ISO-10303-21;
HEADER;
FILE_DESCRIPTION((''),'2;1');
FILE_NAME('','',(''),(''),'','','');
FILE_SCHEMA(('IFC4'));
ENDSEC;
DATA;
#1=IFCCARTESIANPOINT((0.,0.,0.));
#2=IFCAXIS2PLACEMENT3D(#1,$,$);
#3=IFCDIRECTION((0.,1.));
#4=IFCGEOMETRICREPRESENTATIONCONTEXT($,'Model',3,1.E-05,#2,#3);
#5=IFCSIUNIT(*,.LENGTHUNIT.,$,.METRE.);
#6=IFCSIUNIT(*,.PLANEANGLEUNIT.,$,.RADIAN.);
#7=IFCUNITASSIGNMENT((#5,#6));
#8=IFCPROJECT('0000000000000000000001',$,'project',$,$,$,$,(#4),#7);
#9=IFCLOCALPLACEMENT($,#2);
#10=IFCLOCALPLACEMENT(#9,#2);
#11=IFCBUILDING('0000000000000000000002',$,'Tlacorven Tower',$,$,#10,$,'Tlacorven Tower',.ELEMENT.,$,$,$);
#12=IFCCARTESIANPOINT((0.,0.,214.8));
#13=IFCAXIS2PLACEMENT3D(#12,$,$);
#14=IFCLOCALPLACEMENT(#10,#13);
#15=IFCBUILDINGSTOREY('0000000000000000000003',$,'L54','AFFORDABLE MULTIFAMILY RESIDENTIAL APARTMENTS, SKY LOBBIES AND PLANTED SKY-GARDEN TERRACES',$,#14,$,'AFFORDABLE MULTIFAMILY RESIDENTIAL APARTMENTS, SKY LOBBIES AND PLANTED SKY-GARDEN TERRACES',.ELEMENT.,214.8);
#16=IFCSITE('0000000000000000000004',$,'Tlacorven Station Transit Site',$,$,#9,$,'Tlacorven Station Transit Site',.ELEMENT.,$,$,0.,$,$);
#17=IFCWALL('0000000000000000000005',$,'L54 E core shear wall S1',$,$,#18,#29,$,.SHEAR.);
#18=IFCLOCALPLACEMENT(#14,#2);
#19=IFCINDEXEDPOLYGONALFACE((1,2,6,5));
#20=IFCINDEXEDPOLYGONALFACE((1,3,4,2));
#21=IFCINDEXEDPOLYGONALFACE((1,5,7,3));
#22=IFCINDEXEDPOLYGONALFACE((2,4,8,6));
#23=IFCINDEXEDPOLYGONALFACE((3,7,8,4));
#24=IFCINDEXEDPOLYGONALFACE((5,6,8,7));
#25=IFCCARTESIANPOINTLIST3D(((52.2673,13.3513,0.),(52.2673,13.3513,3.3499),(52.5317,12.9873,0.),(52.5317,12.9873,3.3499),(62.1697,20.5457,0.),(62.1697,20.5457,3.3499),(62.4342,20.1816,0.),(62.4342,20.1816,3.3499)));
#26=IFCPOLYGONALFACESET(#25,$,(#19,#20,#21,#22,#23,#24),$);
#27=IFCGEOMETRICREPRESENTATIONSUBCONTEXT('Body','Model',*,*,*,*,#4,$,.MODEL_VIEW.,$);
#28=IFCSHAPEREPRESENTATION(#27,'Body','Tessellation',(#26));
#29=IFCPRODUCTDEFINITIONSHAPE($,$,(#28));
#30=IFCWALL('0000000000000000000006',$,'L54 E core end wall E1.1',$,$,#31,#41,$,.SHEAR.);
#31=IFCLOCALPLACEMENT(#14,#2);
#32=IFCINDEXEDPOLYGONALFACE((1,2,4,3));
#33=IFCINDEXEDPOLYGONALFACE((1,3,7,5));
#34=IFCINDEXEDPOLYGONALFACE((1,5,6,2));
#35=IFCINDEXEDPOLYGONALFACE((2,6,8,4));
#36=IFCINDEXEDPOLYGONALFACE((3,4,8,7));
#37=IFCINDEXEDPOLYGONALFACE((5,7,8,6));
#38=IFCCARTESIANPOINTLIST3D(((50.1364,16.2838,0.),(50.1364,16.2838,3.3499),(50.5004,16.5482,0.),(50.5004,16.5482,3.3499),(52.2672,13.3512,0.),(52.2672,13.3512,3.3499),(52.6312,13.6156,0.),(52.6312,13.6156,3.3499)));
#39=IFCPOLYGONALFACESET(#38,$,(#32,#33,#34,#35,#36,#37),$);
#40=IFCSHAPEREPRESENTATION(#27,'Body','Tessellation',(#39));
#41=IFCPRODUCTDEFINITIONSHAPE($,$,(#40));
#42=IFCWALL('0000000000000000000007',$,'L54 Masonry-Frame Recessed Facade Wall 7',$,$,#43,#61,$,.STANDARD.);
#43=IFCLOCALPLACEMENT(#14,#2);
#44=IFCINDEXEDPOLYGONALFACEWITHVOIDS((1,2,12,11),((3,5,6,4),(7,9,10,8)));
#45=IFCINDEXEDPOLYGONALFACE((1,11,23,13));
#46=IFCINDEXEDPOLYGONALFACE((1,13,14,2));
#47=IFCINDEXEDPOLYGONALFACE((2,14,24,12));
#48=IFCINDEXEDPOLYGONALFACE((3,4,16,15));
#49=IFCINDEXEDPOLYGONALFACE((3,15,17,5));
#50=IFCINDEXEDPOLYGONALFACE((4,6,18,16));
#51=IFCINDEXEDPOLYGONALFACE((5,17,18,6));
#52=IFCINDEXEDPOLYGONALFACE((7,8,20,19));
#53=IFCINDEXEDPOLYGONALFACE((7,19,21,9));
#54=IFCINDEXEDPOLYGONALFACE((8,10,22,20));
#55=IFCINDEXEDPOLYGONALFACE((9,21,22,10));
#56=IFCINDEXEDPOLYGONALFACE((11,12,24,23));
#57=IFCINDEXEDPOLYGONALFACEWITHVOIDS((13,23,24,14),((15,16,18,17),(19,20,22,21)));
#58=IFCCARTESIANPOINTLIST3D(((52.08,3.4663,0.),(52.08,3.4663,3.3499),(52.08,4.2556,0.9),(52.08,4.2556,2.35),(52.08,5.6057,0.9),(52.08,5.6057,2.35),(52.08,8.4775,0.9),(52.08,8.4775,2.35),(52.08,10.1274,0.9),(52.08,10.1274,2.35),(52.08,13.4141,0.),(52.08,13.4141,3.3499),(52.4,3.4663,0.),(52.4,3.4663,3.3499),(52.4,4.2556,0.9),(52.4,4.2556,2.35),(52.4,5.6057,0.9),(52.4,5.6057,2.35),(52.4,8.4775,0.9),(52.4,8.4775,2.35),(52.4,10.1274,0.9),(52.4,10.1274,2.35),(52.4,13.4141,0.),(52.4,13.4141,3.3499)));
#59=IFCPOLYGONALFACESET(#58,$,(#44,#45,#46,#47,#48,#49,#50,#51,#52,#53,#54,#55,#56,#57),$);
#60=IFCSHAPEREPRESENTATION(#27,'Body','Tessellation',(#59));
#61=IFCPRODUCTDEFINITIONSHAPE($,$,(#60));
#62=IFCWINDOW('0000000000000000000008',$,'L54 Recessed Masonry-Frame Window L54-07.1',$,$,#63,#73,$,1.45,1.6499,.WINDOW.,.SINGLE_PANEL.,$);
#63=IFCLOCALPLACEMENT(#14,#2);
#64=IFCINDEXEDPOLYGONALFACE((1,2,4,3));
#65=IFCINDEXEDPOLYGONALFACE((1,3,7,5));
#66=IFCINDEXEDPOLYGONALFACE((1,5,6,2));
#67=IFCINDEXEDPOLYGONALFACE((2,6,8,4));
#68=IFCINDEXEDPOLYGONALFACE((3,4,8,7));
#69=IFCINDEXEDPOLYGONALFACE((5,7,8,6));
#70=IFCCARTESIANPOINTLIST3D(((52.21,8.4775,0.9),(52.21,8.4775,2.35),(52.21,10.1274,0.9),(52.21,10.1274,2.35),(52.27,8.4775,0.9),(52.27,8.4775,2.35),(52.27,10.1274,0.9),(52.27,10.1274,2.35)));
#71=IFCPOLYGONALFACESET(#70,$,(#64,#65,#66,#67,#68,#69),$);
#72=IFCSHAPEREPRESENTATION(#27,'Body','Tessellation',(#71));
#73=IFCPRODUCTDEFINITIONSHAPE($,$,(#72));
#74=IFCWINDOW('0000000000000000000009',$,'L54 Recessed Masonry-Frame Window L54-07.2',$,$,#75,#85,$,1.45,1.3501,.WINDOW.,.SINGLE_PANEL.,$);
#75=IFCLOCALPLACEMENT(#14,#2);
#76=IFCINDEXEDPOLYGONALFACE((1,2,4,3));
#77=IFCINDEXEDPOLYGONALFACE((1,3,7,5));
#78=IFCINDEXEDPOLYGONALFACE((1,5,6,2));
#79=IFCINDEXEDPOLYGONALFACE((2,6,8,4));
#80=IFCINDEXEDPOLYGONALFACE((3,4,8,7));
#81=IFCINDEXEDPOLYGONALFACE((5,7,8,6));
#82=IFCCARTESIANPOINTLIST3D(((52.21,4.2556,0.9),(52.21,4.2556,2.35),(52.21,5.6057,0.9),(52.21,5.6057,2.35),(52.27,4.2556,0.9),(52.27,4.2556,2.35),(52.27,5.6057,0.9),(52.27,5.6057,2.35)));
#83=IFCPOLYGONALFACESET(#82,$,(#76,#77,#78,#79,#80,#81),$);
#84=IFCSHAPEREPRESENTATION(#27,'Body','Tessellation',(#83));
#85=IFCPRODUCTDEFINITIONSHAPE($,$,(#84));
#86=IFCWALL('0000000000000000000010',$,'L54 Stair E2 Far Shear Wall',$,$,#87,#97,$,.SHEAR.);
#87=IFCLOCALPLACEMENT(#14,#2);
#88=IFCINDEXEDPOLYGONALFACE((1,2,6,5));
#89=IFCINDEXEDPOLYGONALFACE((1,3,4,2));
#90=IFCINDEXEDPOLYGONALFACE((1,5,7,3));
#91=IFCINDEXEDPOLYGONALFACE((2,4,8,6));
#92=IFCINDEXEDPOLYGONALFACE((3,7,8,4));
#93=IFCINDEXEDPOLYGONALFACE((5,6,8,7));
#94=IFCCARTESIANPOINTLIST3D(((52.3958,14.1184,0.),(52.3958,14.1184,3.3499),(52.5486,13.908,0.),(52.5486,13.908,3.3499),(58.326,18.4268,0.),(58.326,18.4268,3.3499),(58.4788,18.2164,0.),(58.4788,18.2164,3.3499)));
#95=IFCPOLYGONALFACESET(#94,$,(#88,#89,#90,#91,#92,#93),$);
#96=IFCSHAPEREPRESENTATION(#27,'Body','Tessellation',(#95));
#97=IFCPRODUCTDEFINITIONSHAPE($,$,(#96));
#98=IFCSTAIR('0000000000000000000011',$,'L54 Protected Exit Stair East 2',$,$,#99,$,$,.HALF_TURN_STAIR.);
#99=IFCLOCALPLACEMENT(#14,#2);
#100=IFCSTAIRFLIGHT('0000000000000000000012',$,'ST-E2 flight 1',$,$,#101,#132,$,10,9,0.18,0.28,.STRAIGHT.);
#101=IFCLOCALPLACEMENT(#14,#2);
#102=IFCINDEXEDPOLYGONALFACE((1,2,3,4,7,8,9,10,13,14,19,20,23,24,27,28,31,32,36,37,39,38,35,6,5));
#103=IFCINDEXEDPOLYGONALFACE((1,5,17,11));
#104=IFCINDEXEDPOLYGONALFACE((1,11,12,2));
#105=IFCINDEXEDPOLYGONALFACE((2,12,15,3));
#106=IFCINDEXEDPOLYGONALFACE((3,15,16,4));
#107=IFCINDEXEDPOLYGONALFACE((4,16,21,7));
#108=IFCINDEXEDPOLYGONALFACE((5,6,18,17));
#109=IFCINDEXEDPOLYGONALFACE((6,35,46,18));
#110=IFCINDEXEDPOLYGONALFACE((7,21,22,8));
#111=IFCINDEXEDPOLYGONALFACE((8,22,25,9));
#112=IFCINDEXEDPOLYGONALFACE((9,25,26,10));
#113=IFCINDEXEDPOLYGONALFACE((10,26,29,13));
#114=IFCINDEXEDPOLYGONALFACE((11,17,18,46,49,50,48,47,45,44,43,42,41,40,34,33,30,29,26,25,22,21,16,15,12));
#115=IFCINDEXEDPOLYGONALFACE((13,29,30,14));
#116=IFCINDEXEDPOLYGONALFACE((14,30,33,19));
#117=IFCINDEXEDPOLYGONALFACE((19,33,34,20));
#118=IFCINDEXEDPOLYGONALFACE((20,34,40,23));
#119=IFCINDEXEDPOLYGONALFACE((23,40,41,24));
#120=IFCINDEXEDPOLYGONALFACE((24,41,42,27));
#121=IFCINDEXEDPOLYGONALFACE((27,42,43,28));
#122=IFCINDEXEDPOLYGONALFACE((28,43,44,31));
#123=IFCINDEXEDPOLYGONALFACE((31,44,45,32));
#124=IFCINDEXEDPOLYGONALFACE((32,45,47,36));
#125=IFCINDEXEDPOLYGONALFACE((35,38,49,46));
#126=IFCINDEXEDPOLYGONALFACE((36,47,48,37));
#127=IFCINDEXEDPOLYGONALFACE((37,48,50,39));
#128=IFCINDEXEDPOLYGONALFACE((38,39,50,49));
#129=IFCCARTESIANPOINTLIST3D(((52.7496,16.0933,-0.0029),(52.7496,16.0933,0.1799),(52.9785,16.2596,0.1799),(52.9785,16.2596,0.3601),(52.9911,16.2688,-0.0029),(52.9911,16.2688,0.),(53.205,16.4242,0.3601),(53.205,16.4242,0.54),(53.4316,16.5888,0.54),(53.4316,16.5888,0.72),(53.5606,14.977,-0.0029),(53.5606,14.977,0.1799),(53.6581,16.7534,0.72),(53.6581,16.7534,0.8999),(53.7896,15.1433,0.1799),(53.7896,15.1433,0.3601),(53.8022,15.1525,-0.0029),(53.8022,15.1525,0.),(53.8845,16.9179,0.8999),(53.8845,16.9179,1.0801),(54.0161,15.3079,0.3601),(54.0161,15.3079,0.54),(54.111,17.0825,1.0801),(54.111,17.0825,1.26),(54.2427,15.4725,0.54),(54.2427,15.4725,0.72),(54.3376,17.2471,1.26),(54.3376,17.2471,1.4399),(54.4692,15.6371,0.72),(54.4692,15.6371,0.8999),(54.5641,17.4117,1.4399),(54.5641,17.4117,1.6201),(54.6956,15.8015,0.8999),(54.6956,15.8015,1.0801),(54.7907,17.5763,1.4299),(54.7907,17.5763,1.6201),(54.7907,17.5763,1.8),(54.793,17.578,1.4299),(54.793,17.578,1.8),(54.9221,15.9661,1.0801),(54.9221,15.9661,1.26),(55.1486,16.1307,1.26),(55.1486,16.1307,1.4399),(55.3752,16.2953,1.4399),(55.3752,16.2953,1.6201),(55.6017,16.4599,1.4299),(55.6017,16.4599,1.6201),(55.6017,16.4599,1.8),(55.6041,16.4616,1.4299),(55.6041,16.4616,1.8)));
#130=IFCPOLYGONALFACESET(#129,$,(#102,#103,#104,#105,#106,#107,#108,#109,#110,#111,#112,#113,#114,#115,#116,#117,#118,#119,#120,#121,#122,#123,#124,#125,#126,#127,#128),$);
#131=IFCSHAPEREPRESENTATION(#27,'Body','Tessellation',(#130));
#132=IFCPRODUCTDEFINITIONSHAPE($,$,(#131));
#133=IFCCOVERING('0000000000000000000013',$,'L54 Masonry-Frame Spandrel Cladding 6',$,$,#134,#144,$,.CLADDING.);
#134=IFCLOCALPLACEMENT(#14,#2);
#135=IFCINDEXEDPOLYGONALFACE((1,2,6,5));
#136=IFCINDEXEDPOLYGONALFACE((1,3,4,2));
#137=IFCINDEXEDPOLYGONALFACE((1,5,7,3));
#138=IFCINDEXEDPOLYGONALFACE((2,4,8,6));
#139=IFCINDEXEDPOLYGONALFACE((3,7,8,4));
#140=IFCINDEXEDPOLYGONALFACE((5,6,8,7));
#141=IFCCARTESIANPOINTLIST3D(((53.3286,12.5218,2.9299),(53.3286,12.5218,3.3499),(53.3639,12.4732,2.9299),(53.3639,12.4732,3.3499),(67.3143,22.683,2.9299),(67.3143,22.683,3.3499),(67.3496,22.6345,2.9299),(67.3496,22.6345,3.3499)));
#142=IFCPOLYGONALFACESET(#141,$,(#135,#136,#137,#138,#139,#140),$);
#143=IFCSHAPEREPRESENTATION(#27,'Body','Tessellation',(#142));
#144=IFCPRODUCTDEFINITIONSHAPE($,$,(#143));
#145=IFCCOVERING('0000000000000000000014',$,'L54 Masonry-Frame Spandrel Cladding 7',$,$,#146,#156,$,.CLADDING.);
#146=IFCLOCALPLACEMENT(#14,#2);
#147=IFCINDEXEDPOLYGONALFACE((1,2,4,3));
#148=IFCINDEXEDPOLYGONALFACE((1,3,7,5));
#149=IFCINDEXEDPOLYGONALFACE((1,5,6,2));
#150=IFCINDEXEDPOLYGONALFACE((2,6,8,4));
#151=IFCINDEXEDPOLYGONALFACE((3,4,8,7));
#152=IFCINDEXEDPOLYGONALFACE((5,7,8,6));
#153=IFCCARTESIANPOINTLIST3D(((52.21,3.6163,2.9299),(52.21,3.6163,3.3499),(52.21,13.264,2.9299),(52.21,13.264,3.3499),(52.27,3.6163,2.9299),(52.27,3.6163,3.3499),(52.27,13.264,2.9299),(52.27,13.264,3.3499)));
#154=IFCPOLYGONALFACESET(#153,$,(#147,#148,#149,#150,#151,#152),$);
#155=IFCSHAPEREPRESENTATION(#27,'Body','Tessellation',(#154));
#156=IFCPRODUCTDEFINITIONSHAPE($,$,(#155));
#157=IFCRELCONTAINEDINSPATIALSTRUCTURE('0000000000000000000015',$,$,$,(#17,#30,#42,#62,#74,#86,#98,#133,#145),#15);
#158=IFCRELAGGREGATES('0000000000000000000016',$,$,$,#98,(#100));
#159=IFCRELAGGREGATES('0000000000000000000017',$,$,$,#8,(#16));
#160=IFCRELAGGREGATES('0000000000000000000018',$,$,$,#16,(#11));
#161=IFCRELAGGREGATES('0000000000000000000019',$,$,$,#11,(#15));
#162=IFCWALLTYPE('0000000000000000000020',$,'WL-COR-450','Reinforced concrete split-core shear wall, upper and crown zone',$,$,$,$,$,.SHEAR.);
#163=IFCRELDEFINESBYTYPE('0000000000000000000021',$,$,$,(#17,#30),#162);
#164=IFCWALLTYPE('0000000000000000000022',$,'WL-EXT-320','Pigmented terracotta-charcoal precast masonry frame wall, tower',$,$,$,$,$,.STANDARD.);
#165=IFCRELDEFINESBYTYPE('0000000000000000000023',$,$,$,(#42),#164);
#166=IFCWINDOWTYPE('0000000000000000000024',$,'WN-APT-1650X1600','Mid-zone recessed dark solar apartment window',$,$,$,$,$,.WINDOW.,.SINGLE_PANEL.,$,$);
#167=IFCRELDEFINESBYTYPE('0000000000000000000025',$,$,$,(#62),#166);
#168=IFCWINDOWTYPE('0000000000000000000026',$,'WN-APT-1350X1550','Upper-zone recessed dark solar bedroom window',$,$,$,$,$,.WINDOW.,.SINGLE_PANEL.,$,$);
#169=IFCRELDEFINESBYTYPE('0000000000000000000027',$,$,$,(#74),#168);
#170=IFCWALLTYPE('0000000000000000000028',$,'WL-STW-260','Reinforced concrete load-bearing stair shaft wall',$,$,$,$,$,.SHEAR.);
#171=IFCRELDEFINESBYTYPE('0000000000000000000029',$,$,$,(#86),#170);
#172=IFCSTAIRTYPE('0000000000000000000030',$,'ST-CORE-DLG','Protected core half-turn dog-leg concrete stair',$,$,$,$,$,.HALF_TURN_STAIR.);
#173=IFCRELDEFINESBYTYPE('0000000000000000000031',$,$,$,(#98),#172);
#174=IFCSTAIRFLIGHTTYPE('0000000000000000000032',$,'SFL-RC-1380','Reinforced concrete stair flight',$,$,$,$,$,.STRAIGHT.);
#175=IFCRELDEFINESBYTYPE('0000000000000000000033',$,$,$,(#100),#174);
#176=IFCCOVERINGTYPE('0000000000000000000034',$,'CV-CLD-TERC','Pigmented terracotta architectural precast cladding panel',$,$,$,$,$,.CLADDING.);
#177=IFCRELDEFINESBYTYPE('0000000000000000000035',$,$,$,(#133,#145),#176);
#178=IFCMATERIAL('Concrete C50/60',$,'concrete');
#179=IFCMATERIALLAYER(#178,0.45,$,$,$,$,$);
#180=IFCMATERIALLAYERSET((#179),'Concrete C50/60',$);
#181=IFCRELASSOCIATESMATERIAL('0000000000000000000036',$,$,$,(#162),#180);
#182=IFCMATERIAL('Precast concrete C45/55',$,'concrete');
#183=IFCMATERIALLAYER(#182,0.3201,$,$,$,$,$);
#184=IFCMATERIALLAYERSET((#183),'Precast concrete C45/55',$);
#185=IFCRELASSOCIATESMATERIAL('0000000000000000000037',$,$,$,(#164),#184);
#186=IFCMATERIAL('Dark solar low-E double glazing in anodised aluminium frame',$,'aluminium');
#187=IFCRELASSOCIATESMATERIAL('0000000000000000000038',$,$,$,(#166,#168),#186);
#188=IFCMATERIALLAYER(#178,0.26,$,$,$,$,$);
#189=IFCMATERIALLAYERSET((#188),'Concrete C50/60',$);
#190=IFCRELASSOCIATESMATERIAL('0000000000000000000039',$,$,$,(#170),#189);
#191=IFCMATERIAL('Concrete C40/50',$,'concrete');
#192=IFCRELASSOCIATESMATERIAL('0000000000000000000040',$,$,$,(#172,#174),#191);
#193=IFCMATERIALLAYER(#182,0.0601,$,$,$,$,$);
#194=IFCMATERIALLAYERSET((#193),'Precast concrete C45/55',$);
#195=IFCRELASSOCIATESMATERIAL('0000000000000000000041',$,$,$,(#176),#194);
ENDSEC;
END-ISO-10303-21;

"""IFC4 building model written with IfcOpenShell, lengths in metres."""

from ifc_helpers import new_model, si_unit, direction, frame, frame_2d, origin, origin_2d, place, context, subcontext, project, spatial, polyline, rectangle, outline, extrude, source, transform, mapped, material, layer, layer_set, type_object, element, fill, aggregate, save


model = new_model("IFC4")

# Units and contexts
model_context = context("Model", 3, precision=1e-05, world=origin(), true_north=direction((0.0, 1.0)))
body_context = subcontext(model_context, "Body", "Model", "MODEL_VIEW")
ifc_project = project(units=[si_unit("LENGTHUNIT", "METRE"), si_unit("PLANEANGLEUNIT", "RADIAN")], contexts=[model_context])

# Site, building, storey
site_placement = place(None, origin())
site = spatial("IfcSite", under=ifc_project, at=site_placement, Name="Tlacorven Station Transit Site", LongName="Tlacorven Station Transit Site", CompositionType="ELEMENT", RefElevation=0.0)
building_placement = place(site_placement, origin())
building = spatial("IfcBuilding", under=site, at=building_placement, Name="Tlacorven Tower", LongName="Tlacorven Tower", CompositionType="ELEMENT")
storey_placement = place(building_placement, frame((0.0, 0.0, 214.8)))
storey = spatial("IfcBuildingStorey", under=building, at=storey_placement, Name="L54", Description="AFFORDABLE MULTIFAMILY RESIDENTIAL APARTMENTS, SKY LOBBIES AND PLANTED SKY-GARDEN TERRACES", LongName="AFFORDABLE MULTIFAMILY RESIDENTIAL APARTMENTS, SKY LOBBIES AND PLANTED SKY-GARDEN TERRACES", CompositionType="ELEMENT", Elevation=214.8)

# Walls
ifc_material_1 = material(Name="Concrete C50/60", Category="concrete")
ifc_layer_1 = layer(ifc_material_1, 0.45)
ifc_layer_set_1 = layer_set([ifc_layer_1], Name="Concrete C50/60")
wall_type_1 = type_object("IfcWallType", Name="WL-COR-450", Description="Reinforced concrete split-core shear wall, upper and crown zone", PredefinedType="SHEAR", material=ifc_layer_set_1)
wall_1_placement = place(storey_placement, frame((52.3994, 13.1692, 0.0), z_axis=(0.0, 0.0, 1.0), x_axis=(0.809022, 0.587778, 0.0)))
element("IfcWall", 1, at=wall_1_placement, inside=storey, type_object=wall_type_1, Name="L54 E core shear wall S1", PredefinedType="SHEAR", context=body_context, shape_type="SweptSolid", body=[
    extrude(rectangle(XDim=12.24, YDim=0.45, at=frame_2d((6.1201, 0.0))), origin(), (0.0, 0.0, 1.0), 3.3499),
])
wall_2_placement = place(storey_placement, frame((52.4492, 13.4834, 0.0), z_axis=(0.0, 0.0, 1.0), x_axis=(-0.587819, 0.808992, 0.0)))
element("IfcWall", 2, at=wall_2_placement, inside=storey, type_object=wall_type_1, Name="L54 E core end wall E1.1", PredefinedType="SHEAR", context=body_context, shape_type="SweptSolid", body=[
    extrude(rectangle(XDim=3.625, YDim=0.45, at=frame_2d((1.8125, 0.0))), origin(), (0.0, 0.0, 1.0), 3.3499),
])

# Wall, openings, windows
ifc_material_2 = material(Name="Precast concrete C45/55", Category="concrete")
ifc_layer_2 = layer(ifc_material_2, 0.3201)
ifc_layer_set_2 = layer_set([ifc_layer_2], Name="Precast concrete C45/55")
wall_type_2 = type_object("IfcWallType", Name="WL-EXT-320", Description="Pigmented terracotta-charcoal precast masonry frame wall, tower", PredefinedType="STANDARD", material=ifc_layer_set_2)
wall_3_placement = place(storey_placement, frame((52.24, 13.4141, 0.0), z_axis=(0.0, 0.0, 1.0), x_axis=(0.0, -1.0, 0.0)))
wall_3 = element("IfcWall", 3, at=wall_3_placement, inside=storey, type_object=wall_type_2, Name="L54 Masonry-Frame Recessed Facade Wall 7", PredefinedType="STANDARD", context=body_context, shape_type="SweptSolid", body=[
    extrude(rectangle(XDim=9.9478, YDim=0.3201, at=frame_2d((4.9739, 0.0))), origin(), (0.0, 0.0, 1.0), 3.3499),
])
opening_1_placement = place(wall_3_placement, frame((3.2866, 0.0, 0.8999)))
opening_1 = element("IfcOpeningElement", 4, at=opening_1_placement, cuts=wall_3, PredefinedType="OPENING", context=body_context, shape_type="SweptSolid", body=[
    extrude(rectangle(XDim=1.6499, YDim=1.45, at=frame_2d((0.825, 0.7251))), frame((0.0, 0.1699, 0.0), z_axis=(0.0, -1.0, 0.0), x_axis=(1.0, 0.0, 0.0)), (0.0, 0.0, 1.0), 0.3401),
])
opening_2_placement = place(wall_3_placement, frame((7.8083, 0.0, 0.8999)))
opening_2 = element("IfcOpeningElement", 5, at=opening_2_placement, cuts=wall_3, PredefinedType="OPENING", context=body_context, shape_type="SweptSolid", body=[
    extrude(rectangle(XDim=1.3501, YDim=1.45, at=frame_2d((0.675, 0.7251))), frame((0.0, 0.1699, 0.0), z_axis=(0.0, -1.0, 0.0), x_axis=(1.0, 0.0, 0.0)), (0.0, 0.0, 1.0), 0.3401),
])
ifc_material_3 = material(Name="Dark solar low-E double glazing in anodised aluminium frame", Category="aluminium")
window_type_1 = type_object("IfcWindowType", Name="WN-APT-1650X1600", Description="Mid-zone recessed dark solar apartment window", PartitioningType="SINGLE_PANEL", PredefinedType="WINDOW", material=ifc_material_3)
shared_shape_1 = source(origin(), body_context, "Body", "SweptSolid", [
    extrude(rectangle(XDim=1.6499, YDim=1.45, at=frame_2d((0.825, 0.7251))), frame((0.0, 0.03, 0.0), z_axis=(0.0, -1.0, 0.0), x_axis=(1.0, 0.0, 0.0)), (0.0, 0.0, 1.0), 0.0601),
])
window_1_placement = place(opening_1_placement, origin())
window_1 = element("IfcWindow", 6, at=window_1_placement, inside=storey, type_object=window_type_1, Name="L54 Recessed Masonry-Frame Window L54-07.1", OverallHeight=1.45, OverallWidth=1.6499, PartitioningType="SINGLE_PANEL", PredefinedType="WINDOW", context=body_context, shape_type="MappedRepresentation", body=[
    mapped(shared_shape_1, transform((0.0, 0.0, 0.0), scale=1.0)),
])
fill(opening_1, window_1)
window_type_2 = type_object("IfcWindowType", Name="WN-APT-1350X1550", Description="Upper-zone recessed dark solar bedroom window", PartitioningType="SINGLE_PANEL", PredefinedType="WINDOW", material=ifc_material_3)
shared_shape_2 = source(origin(), body_context, "Body", "SweptSolid", [
    extrude(rectangle(XDim=1.3501, YDim=1.45, at=frame_2d((0.675, 0.7251))), frame((0.0, 0.03, 0.0), z_axis=(0.0, -1.0, 0.0), x_axis=(1.0, 0.0, 0.0)), (0.0, 0.0, 1.0), 0.0601),
])
window_2_placement = place(opening_2_placement, origin())
window_2 = element("IfcWindow", 7, at=window_2_placement, inside=storey, type_object=window_type_2, Name="L54 Recessed Masonry-Frame Window L54-07.2", OverallHeight=1.45, OverallWidth=1.3501, PartitioningType="SINGLE_PANEL", PredefinedType="WINDOW", context=body_context, shape_type="MappedRepresentation", body=[
    mapped(shared_shape_2, transform((0.0, 0.0, 0.0), scale=1.0)),
])
fill(opening_2, window_2)

# Wall
ifc_layer_3 = layer(ifc_material_1, 0.26)
ifc_layer_set_3 = layer_set([ifc_layer_3], Name="Concrete C50/60")
wall_type_3 = type_object("IfcWallType", Name="WL-STW-260", Description="Reinforced concrete load-bearing stair shaft wall", PredefinedType="SHEAR", material=ifc_layer_set_3)
wall_4_placement = place(storey_placement, frame((52.4722, 14.0132, 0.0), z_axis=(0.0, 0.0, 1.0), x_axis=(0.809028, 0.58777, 0.0)))
element("IfcWall", 8, at=wall_4_placement, inside=storey, type_object=wall_type_3, Name="L54 Stair E2 Far Shear Wall", PredefinedType="SHEAR", context=body_context, shape_type="SweptSolid", body=[
    extrude(rectangle(XDim=7.3301, YDim=0.26, at=frame_2d((3.665, 0.0))), origin(), (0.0, 0.0, 1.0), 3.3499),
])

# Stair, stair flight
ifc_material_4 = material(Name="Concrete C40/50", Category="concrete")
stair_type = type_object("IfcStairType", Name="ST-CORE-DLG", Description="Protected core half-turn dog-leg concrete stair", PredefinedType="HALF_TURN_STAIR", material=ifc_material_4)
stair_placement = place(storey_placement, origin())
stair = element("IfcStair", 9, at=stair_placement, inside=storey, type_object=stair_type, Name="L54 Protected Exit Stair East 2", PredefinedType="HALF_TURN_STAIR")
stair_flight_type = type_object("IfcStairFlightType", Name="SFL-RC-1380", Description="Reinforced concrete stair flight", PredefinedType="STRAIGHT", material=ifc_material_4)
shared_shape_3 = source(origin(), body_context, "Body", "SweptSolid", [
    extrude(outline(polyline([(-0.0029, -0.0029), (-0.0029, 0.1799), (0.28, 0.1799), (0.28, 0.3601), (0.5601, 0.3601), (0.5601, 0.54), (0.8401, 0.54), (0.8401, 0.72), (1.1201, 0.72), (1.1201, 0.8999), (1.3999, 0.8999), (1.3999, 1.0801), (1.6799, 1.0801), (1.6799, 1.26), (1.96, 1.26), (1.96, 1.4399), (2.24, 1.4399), (2.24, 1.6201), (2.52, 1.6201), (2.52, 1.8), (2.5229, 1.8), (2.5229, 1.4299), (2.52, 1.4299), (0.2957, 0.0), (0.2957, -0.0029), (-0.0029, -0.0029)])), frame((0.0, 0.6899, 0.0), z_axis=(0.0, -1.0, 0.0), x_axis=(1.0, 0.0, 0.0)), (0.0, 0.0, 1.0), 1.3799),
])
stair_flight_placement = place(storey_placement, frame((53.1575, 15.5369, 0.0), z_axis=(0.0, 0.0, 1.0), x_axis=(0.809017, 0.587785, 0.0)))
stair_flight = element("IfcStairFlight", 10, at=stair_flight_placement, type_object=stair_flight_type, Name="ST-E2 flight 1", NumberOfRisers=10, NumberOfTreads=9, PredefinedType="STRAIGHT", RiserHeight=0.18, TreadLength=0.28, context=body_context, shape_type="MappedRepresentation", body=[
    mapped(shared_shape_3, transform((0.0, 0.0, 0.0), scale=1.0)),
])
aggregate(stair, [stair_flight])

# Coverings
ifc_layer_4 = layer(ifc_material_2, 0.0601)
ifc_layer_set_4 = layer_set([ifc_layer_4], Name="Precast concrete C45/55")
covering_type = type_object("IfcCoveringType", Name="CV-CLD-TERC", Description="Pigmented terracotta architectural precast cladding panel", PredefinedType="CLADDING", material=ifc_layer_set_4)
shared_shape_4 = source(origin(), body_context, "Body", "SweptSolid", [
    extrude(rectangle(XDim=17.2874, YDim=0.0601, at=origin_2d()), origin(), (0.0, 0.0, 1.0), 0.4199),
])
covering_1_placement = place(storey_placement, frame((60.3391, 17.5781, 2.9299), z_axis=(0.0, 0.0, 1.0), x_axis=(-0.809017, -0.587785, 0.0)))
element("IfcCovering", 11, at=covering_1_placement, inside=storey, type_object=covering_type, Name="L54 Masonry-Frame Spandrel Cladding 6", PredefinedType="CLADDING", context=body_context, shape_type="MappedRepresentation", body=[
    mapped(shared_shape_4, transform((0.0, 0.0, 0.0), scale=1.0)),
])
shared_shape_5 = source(origin(), body_context, "Body", "SweptSolid", [
    extrude(rectangle(XDim=9.6477, YDim=0.0601, at=origin_2d()), origin(), (0.0, 0.0, 1.0), 0.4199),
])
covering_2_placement = place(storey_placement, frame((52.24, 8.4402, 2.9299), z_axis=(0.0, 0.0, 1.0), x_axis=(0.0, -1.0, 0.0)))
element("IfcCovering", 12, at=covering_2_placement, inside=storey, type_object=covering_type, Name="L54 Masonry-Frame Spandrel Cladding 7", PredefinedType="CLADDING", context=body_context, shape_type="MappedRepresentation", body=[
    mapped(shared_shape_5, transform((0.0, 0.0, 0.0), scale=1.0)),
])

save(model, "model.ifc")
